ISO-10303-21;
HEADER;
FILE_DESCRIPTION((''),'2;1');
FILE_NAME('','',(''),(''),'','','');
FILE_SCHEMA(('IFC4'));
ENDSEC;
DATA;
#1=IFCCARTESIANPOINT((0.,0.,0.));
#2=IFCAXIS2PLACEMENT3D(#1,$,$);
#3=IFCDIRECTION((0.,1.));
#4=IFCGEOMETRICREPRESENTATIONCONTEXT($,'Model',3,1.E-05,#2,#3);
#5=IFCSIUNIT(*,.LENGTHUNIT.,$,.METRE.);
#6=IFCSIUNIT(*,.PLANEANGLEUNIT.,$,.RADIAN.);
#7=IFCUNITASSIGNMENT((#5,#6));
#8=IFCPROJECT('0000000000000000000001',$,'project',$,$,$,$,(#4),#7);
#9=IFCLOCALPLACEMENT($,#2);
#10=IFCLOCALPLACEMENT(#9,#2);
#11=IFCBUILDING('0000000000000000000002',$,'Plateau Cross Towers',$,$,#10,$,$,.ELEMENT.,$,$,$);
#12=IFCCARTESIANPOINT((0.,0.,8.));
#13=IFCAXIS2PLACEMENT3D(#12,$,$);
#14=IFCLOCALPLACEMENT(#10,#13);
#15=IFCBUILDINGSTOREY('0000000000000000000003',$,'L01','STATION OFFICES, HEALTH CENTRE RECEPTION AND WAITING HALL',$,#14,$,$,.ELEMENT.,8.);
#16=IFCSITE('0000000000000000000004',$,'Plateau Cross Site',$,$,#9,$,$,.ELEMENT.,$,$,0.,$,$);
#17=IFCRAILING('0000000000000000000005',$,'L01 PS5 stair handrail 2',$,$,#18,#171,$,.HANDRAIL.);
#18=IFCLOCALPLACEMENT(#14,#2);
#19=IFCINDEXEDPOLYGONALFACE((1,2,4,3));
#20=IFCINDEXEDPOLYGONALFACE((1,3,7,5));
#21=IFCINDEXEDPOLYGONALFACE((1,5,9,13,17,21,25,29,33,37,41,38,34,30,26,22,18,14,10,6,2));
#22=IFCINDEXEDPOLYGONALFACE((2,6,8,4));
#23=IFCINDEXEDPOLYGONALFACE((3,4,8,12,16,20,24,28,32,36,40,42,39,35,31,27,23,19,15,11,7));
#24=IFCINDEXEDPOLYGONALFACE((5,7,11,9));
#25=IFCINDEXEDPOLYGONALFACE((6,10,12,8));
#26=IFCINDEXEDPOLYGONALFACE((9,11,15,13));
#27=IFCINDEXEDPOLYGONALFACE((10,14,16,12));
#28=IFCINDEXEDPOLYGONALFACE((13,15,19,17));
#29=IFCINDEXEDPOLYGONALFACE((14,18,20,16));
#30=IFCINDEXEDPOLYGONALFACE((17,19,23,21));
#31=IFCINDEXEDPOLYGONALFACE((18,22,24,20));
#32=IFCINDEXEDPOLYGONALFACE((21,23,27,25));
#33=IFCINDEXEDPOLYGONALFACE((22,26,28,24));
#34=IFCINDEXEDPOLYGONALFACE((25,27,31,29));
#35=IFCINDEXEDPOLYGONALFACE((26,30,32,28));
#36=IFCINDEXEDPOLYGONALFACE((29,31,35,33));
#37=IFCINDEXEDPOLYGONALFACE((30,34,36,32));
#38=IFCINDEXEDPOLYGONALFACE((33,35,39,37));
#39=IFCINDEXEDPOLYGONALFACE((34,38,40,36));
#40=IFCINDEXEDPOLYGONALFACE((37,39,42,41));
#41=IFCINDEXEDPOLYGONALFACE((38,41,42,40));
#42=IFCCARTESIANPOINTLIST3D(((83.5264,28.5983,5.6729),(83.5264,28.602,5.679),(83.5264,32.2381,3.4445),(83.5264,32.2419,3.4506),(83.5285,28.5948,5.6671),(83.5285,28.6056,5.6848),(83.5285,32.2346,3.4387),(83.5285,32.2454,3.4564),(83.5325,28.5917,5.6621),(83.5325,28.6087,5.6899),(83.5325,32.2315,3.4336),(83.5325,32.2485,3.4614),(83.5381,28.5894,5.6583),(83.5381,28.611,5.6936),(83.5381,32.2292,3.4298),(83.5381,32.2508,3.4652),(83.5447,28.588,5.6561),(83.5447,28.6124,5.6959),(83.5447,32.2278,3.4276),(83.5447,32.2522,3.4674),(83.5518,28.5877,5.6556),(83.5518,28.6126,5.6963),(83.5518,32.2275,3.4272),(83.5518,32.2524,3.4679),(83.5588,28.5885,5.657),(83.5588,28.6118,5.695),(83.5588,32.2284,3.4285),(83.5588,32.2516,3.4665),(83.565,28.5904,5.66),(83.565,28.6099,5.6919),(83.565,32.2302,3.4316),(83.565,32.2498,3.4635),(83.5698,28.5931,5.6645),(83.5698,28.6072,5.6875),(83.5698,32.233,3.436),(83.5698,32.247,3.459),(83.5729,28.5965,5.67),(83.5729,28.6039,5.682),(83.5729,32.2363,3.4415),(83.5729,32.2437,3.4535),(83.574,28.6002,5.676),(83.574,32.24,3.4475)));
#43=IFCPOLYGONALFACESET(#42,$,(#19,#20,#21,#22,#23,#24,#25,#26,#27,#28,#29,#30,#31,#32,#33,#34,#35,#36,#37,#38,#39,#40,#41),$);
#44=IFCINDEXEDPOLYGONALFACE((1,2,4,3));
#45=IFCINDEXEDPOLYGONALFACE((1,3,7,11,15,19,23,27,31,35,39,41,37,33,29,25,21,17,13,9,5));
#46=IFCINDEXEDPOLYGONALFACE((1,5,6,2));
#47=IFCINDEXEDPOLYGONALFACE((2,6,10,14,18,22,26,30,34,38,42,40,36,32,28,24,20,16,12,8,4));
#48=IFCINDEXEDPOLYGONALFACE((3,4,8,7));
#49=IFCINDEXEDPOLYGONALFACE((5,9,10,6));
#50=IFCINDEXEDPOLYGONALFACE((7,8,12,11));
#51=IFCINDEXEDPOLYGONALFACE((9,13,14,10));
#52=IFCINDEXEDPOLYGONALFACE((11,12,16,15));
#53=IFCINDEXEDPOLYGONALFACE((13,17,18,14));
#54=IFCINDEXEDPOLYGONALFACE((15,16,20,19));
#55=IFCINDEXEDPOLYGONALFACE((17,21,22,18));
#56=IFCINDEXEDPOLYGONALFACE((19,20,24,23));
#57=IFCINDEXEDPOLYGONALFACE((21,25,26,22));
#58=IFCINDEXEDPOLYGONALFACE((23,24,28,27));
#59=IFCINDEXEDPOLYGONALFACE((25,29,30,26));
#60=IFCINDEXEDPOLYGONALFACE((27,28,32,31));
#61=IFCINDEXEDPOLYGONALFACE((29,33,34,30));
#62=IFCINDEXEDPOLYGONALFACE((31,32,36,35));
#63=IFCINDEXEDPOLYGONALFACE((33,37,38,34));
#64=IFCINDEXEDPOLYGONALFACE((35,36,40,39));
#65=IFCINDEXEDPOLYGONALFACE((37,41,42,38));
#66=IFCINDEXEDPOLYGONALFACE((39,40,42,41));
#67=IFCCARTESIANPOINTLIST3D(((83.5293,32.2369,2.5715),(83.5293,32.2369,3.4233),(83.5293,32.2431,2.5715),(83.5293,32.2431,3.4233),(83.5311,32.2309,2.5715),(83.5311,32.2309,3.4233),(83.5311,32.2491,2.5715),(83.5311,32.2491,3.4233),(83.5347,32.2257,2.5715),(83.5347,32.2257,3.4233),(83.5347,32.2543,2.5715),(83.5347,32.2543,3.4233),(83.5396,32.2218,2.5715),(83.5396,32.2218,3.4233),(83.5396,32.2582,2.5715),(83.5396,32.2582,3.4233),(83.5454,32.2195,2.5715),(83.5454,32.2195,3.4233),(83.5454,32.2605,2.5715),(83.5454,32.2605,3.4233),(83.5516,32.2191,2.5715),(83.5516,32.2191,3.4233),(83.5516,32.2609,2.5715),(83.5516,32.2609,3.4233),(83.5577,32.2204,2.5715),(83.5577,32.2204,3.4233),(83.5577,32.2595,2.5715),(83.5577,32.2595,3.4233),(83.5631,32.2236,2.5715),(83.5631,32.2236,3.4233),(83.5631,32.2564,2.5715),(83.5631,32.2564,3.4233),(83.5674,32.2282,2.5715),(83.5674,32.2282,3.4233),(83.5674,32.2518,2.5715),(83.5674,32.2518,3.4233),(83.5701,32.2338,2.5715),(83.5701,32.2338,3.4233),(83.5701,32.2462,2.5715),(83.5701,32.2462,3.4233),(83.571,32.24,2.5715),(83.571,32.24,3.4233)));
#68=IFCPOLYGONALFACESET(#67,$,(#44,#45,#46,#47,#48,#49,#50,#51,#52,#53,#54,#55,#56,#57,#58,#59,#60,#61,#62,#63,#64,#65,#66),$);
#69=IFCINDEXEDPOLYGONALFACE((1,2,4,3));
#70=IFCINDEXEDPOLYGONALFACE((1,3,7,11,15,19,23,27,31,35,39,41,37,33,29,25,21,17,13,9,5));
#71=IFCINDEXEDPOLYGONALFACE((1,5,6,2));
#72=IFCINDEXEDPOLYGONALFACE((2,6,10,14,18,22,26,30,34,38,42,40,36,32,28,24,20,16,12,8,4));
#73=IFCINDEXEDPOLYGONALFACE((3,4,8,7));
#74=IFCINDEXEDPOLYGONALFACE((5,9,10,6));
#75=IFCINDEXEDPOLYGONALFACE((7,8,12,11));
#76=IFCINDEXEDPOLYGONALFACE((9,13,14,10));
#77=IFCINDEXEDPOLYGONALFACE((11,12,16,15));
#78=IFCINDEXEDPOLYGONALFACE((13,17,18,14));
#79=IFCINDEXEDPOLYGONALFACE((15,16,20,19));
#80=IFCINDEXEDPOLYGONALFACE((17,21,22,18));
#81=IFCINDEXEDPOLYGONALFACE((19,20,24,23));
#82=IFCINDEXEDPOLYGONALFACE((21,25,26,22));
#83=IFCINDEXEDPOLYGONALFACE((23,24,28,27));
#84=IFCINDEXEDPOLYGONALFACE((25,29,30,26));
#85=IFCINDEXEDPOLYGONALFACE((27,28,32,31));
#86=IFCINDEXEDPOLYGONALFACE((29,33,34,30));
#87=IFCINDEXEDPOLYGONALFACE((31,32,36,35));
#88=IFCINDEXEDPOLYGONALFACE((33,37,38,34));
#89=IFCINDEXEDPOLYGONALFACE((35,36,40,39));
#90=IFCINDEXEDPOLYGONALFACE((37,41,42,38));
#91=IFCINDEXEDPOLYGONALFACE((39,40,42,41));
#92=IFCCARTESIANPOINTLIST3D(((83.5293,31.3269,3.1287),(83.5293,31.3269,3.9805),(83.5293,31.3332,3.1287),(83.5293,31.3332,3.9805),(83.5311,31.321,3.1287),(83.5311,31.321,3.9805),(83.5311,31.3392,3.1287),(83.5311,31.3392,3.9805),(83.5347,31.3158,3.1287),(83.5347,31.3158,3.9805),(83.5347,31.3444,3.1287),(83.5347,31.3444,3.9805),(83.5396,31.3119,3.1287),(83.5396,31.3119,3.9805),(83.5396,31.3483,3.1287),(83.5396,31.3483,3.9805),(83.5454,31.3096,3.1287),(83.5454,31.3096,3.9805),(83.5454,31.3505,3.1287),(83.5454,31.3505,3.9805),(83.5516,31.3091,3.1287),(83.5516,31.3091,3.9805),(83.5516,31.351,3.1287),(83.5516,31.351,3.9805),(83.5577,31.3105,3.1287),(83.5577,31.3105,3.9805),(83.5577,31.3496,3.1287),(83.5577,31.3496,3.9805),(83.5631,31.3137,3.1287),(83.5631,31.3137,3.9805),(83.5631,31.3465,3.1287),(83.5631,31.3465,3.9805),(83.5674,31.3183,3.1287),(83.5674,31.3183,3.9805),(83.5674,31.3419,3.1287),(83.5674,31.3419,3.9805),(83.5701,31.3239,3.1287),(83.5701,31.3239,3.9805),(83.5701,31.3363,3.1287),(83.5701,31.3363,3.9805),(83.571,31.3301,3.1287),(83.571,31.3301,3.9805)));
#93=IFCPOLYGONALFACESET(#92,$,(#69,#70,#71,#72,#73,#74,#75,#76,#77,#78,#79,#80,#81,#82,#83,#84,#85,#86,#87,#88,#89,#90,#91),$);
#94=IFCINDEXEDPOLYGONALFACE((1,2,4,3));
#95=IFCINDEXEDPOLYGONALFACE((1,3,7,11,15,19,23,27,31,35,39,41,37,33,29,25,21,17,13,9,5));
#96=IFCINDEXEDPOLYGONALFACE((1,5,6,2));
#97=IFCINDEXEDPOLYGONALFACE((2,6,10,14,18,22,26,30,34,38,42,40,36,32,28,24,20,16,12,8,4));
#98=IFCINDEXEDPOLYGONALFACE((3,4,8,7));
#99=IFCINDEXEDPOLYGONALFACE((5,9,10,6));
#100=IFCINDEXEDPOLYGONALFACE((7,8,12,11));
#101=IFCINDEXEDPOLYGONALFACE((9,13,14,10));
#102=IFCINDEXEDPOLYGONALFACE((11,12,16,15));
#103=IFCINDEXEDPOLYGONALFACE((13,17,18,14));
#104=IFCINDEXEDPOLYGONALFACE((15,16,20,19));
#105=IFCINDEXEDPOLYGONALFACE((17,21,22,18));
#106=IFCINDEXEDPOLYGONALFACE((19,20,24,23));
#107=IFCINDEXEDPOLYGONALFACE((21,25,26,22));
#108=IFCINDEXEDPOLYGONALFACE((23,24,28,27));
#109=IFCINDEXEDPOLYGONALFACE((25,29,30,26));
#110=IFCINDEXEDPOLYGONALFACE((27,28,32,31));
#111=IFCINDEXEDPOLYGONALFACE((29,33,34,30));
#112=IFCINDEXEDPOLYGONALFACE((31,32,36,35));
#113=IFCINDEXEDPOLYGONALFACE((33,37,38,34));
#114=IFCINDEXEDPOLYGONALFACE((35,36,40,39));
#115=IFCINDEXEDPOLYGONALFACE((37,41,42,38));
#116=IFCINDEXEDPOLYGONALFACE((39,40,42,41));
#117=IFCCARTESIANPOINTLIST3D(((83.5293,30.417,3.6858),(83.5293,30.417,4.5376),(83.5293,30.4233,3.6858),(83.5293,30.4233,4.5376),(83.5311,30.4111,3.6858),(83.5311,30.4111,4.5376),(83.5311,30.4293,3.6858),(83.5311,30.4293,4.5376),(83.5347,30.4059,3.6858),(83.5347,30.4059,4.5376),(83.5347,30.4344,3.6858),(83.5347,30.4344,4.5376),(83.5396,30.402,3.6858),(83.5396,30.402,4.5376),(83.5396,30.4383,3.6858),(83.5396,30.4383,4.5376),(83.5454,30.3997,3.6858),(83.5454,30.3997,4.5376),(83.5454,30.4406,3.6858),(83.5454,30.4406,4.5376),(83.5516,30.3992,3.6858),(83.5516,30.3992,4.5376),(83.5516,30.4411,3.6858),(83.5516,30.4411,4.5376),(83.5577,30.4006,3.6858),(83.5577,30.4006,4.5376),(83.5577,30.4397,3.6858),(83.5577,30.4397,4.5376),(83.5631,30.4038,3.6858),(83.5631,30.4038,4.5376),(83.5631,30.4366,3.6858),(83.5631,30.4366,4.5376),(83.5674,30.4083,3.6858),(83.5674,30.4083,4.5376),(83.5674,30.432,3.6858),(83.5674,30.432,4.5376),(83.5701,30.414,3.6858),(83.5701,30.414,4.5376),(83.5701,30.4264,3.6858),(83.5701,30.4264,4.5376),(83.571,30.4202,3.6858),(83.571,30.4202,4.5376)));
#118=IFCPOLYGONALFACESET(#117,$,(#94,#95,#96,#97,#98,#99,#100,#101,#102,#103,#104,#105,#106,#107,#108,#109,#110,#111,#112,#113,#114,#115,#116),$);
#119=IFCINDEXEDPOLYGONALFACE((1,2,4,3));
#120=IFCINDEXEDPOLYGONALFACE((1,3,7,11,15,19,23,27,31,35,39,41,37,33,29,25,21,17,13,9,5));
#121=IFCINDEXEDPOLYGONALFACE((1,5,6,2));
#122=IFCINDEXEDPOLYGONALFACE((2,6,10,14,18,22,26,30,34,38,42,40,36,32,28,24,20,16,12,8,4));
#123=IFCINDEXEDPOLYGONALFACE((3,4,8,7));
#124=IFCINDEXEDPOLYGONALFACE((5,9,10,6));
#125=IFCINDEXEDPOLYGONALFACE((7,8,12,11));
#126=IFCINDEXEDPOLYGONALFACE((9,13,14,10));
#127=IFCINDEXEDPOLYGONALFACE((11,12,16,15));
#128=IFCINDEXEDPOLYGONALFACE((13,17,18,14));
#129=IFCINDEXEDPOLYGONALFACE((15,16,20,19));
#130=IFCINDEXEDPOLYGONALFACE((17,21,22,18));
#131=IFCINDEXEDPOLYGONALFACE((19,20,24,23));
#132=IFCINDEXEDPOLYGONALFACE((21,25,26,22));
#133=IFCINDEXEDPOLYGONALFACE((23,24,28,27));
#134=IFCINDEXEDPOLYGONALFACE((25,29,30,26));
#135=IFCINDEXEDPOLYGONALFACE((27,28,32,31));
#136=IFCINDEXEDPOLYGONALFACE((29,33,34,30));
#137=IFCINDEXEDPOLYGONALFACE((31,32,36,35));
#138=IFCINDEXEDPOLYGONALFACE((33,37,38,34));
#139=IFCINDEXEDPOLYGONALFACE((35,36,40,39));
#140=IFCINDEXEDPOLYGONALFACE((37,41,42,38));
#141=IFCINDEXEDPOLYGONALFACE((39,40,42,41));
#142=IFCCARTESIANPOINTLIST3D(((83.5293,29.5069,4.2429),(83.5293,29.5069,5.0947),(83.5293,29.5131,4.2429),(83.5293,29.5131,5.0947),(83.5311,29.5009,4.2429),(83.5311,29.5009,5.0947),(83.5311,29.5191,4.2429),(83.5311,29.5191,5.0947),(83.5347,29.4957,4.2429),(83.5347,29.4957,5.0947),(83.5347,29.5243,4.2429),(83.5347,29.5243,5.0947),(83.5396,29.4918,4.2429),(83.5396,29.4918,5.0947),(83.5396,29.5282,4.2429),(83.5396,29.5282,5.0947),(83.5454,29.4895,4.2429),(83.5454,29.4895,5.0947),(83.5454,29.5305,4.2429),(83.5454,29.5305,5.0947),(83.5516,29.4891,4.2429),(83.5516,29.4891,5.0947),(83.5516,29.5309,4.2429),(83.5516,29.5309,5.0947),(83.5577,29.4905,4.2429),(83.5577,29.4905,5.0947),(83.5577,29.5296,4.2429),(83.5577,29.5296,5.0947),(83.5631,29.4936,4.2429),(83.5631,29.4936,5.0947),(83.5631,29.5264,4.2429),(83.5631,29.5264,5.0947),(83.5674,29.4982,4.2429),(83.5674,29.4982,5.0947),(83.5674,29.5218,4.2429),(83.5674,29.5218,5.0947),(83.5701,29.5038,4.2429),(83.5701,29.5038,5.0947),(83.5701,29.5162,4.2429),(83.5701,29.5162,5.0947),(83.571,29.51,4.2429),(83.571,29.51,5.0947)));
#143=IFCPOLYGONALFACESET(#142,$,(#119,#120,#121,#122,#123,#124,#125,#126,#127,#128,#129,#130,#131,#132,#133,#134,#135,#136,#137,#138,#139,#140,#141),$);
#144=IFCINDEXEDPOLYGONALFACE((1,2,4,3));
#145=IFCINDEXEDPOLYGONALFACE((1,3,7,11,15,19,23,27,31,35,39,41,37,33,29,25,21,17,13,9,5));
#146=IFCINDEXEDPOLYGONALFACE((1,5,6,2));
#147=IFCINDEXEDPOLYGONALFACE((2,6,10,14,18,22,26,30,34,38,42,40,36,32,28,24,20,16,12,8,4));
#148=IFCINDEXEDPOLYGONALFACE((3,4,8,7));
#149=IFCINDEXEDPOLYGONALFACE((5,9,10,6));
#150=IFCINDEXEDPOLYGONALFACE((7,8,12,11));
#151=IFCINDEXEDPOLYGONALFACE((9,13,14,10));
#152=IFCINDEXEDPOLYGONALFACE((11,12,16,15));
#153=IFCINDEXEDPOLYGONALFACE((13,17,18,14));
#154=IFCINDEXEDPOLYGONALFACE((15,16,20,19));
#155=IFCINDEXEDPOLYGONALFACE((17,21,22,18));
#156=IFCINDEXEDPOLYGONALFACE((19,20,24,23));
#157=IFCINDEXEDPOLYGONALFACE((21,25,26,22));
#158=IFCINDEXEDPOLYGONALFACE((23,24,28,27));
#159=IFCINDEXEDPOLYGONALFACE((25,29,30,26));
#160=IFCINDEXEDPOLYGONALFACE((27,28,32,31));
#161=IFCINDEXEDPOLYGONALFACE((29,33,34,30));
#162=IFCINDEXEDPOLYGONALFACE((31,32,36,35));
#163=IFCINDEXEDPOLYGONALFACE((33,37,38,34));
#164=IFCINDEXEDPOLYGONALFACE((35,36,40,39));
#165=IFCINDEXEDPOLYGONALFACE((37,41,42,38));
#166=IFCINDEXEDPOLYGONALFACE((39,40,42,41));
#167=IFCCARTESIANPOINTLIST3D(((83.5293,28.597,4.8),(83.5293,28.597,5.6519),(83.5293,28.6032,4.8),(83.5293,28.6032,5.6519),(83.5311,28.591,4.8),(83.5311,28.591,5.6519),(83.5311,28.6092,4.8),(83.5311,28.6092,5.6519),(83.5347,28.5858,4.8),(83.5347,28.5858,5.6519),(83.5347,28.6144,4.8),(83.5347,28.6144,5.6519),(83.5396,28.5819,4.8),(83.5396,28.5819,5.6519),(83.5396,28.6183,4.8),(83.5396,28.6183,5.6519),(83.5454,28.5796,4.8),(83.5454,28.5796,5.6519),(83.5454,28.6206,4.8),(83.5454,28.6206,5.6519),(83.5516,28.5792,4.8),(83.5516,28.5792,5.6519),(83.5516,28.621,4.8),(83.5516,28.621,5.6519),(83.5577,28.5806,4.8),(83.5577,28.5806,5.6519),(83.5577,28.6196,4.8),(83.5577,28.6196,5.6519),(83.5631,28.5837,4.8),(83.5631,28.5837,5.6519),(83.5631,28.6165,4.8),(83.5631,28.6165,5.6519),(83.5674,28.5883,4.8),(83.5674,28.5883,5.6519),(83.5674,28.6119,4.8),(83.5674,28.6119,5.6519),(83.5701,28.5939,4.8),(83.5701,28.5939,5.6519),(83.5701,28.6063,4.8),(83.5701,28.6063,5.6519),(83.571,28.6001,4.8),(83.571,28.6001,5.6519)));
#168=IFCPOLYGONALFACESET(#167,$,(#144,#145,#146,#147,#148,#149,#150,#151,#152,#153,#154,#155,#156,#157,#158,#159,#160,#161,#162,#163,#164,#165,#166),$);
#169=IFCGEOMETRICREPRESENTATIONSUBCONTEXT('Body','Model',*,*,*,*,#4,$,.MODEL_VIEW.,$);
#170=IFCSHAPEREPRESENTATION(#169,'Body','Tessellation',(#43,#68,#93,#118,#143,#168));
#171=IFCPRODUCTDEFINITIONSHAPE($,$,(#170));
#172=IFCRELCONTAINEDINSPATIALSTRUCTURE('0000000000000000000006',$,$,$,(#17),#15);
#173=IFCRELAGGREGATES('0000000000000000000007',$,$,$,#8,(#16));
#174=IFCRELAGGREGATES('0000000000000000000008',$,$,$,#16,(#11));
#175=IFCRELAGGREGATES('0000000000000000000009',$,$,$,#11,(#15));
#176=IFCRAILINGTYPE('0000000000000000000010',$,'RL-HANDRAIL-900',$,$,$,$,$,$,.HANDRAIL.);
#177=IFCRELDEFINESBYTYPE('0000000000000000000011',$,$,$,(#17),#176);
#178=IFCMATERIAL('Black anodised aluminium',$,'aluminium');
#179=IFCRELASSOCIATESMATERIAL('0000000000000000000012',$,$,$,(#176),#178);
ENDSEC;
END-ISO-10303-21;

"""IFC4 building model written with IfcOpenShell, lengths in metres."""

from ifc_helpers import new_model, si_unit, direction, frame, origin, origin_2d, place, context, subcontext, project, spatial, circle, extrude, material, type_object, element, save


model = new_model("IFC4")

# Units and contexts
model_context = context("Model", 3, precision=1e-05, world=origin(), true_north=direction((0.0, 1.0)))
body_context = subcontext(model_context, "Body", "Model", "MODEL_VIEW")
ifc_project = project(units=[si_unit("LENGTHUNIT", "METRE"), si_unit("PLANEANGLEUNIT", "RADIAN")], contexts=[model_context])

# Site, building, storey
site_placement = place(None, origin())
site = spatial("IfcSite", under=ifc_project, at=site_placement, Name="Plateau Cross Site", CompositionType="ELEMENT", RefElevation=0.0)
building_placement = place(site_placement, origin())
building = spatial("IfcBuilding", under=site, at=building_placement, Name="Plateau Cross Towers", CompositionType="ELEMENT")
storey_placement = place(building_placement, frame((0.0, 0.0, 8.0)))
storey = spatial("IfcBuildingStorey", under=building, at=storey_placement, Name="L01", Description="STATION OFFICES, HEALTH CENTRE RECEPTION AND WAITING HALL", CompositionType="ELEMENT", Elevation=8.0)

# Railing
ifc_material_1 = material(Name="Black anodised aluminium", Category="aluminium")
railing_type_1 = type_object("IfcRailingType", Name="RL-HANDRAIL-900", PredefinedType="HANDRAIL", material=ifc_material_1)
railing_1_placement = place(storey_placement, frame((83.55, 32.24, 2.5715)))
element("IfcRailing", 1, at=railing_1_placement, inside=storey, type_object=railing_type_1, Name="L01 PS5 stair handrail 2", PredefinedType="HANDRAIL", context=body_context, shape_type="SweptSolid", body=[
    extrude(circle(Radius=0.0239, at=origin_2d()), frame((0.0, 0.0, 0.876), z_axis=(0.0, -0.85285, 0.522156), x_axis=(1.0, 0.0, 0.0)), (0.0, 0.0, 1.0), 4.2678),
    extrude(circle(Radius=0.021, at=origin_2d()), origin(), (0.0, 0.0, 1.0), 0.8518),
    extrude(circle(Radius=0.021, at=origin_2d()), frame((0.0, -0.9099, 0.5571)), (0.0, 0.0, 1.0), 0.8518),
    extrude(circle(Radius=0.021, at=origin_2d()), frame((0.0, -1.8198, 1.1143)), (0.0, 0.0, 1.0), 0.8518),
    extrude(circle(Radius=0.021, at=origin_2d()), frame((0.0, -2.73, 1.6714)), (0.0, 0.0, 1.0), 0.8518),
    extrude(circle(Radius=0.021, at=origin_2d()), frame((0.0, -3.6399, 2.2285)), (0.0, 0.0, 1.0), 0.8518),
])

save(model, "model.ifc")
